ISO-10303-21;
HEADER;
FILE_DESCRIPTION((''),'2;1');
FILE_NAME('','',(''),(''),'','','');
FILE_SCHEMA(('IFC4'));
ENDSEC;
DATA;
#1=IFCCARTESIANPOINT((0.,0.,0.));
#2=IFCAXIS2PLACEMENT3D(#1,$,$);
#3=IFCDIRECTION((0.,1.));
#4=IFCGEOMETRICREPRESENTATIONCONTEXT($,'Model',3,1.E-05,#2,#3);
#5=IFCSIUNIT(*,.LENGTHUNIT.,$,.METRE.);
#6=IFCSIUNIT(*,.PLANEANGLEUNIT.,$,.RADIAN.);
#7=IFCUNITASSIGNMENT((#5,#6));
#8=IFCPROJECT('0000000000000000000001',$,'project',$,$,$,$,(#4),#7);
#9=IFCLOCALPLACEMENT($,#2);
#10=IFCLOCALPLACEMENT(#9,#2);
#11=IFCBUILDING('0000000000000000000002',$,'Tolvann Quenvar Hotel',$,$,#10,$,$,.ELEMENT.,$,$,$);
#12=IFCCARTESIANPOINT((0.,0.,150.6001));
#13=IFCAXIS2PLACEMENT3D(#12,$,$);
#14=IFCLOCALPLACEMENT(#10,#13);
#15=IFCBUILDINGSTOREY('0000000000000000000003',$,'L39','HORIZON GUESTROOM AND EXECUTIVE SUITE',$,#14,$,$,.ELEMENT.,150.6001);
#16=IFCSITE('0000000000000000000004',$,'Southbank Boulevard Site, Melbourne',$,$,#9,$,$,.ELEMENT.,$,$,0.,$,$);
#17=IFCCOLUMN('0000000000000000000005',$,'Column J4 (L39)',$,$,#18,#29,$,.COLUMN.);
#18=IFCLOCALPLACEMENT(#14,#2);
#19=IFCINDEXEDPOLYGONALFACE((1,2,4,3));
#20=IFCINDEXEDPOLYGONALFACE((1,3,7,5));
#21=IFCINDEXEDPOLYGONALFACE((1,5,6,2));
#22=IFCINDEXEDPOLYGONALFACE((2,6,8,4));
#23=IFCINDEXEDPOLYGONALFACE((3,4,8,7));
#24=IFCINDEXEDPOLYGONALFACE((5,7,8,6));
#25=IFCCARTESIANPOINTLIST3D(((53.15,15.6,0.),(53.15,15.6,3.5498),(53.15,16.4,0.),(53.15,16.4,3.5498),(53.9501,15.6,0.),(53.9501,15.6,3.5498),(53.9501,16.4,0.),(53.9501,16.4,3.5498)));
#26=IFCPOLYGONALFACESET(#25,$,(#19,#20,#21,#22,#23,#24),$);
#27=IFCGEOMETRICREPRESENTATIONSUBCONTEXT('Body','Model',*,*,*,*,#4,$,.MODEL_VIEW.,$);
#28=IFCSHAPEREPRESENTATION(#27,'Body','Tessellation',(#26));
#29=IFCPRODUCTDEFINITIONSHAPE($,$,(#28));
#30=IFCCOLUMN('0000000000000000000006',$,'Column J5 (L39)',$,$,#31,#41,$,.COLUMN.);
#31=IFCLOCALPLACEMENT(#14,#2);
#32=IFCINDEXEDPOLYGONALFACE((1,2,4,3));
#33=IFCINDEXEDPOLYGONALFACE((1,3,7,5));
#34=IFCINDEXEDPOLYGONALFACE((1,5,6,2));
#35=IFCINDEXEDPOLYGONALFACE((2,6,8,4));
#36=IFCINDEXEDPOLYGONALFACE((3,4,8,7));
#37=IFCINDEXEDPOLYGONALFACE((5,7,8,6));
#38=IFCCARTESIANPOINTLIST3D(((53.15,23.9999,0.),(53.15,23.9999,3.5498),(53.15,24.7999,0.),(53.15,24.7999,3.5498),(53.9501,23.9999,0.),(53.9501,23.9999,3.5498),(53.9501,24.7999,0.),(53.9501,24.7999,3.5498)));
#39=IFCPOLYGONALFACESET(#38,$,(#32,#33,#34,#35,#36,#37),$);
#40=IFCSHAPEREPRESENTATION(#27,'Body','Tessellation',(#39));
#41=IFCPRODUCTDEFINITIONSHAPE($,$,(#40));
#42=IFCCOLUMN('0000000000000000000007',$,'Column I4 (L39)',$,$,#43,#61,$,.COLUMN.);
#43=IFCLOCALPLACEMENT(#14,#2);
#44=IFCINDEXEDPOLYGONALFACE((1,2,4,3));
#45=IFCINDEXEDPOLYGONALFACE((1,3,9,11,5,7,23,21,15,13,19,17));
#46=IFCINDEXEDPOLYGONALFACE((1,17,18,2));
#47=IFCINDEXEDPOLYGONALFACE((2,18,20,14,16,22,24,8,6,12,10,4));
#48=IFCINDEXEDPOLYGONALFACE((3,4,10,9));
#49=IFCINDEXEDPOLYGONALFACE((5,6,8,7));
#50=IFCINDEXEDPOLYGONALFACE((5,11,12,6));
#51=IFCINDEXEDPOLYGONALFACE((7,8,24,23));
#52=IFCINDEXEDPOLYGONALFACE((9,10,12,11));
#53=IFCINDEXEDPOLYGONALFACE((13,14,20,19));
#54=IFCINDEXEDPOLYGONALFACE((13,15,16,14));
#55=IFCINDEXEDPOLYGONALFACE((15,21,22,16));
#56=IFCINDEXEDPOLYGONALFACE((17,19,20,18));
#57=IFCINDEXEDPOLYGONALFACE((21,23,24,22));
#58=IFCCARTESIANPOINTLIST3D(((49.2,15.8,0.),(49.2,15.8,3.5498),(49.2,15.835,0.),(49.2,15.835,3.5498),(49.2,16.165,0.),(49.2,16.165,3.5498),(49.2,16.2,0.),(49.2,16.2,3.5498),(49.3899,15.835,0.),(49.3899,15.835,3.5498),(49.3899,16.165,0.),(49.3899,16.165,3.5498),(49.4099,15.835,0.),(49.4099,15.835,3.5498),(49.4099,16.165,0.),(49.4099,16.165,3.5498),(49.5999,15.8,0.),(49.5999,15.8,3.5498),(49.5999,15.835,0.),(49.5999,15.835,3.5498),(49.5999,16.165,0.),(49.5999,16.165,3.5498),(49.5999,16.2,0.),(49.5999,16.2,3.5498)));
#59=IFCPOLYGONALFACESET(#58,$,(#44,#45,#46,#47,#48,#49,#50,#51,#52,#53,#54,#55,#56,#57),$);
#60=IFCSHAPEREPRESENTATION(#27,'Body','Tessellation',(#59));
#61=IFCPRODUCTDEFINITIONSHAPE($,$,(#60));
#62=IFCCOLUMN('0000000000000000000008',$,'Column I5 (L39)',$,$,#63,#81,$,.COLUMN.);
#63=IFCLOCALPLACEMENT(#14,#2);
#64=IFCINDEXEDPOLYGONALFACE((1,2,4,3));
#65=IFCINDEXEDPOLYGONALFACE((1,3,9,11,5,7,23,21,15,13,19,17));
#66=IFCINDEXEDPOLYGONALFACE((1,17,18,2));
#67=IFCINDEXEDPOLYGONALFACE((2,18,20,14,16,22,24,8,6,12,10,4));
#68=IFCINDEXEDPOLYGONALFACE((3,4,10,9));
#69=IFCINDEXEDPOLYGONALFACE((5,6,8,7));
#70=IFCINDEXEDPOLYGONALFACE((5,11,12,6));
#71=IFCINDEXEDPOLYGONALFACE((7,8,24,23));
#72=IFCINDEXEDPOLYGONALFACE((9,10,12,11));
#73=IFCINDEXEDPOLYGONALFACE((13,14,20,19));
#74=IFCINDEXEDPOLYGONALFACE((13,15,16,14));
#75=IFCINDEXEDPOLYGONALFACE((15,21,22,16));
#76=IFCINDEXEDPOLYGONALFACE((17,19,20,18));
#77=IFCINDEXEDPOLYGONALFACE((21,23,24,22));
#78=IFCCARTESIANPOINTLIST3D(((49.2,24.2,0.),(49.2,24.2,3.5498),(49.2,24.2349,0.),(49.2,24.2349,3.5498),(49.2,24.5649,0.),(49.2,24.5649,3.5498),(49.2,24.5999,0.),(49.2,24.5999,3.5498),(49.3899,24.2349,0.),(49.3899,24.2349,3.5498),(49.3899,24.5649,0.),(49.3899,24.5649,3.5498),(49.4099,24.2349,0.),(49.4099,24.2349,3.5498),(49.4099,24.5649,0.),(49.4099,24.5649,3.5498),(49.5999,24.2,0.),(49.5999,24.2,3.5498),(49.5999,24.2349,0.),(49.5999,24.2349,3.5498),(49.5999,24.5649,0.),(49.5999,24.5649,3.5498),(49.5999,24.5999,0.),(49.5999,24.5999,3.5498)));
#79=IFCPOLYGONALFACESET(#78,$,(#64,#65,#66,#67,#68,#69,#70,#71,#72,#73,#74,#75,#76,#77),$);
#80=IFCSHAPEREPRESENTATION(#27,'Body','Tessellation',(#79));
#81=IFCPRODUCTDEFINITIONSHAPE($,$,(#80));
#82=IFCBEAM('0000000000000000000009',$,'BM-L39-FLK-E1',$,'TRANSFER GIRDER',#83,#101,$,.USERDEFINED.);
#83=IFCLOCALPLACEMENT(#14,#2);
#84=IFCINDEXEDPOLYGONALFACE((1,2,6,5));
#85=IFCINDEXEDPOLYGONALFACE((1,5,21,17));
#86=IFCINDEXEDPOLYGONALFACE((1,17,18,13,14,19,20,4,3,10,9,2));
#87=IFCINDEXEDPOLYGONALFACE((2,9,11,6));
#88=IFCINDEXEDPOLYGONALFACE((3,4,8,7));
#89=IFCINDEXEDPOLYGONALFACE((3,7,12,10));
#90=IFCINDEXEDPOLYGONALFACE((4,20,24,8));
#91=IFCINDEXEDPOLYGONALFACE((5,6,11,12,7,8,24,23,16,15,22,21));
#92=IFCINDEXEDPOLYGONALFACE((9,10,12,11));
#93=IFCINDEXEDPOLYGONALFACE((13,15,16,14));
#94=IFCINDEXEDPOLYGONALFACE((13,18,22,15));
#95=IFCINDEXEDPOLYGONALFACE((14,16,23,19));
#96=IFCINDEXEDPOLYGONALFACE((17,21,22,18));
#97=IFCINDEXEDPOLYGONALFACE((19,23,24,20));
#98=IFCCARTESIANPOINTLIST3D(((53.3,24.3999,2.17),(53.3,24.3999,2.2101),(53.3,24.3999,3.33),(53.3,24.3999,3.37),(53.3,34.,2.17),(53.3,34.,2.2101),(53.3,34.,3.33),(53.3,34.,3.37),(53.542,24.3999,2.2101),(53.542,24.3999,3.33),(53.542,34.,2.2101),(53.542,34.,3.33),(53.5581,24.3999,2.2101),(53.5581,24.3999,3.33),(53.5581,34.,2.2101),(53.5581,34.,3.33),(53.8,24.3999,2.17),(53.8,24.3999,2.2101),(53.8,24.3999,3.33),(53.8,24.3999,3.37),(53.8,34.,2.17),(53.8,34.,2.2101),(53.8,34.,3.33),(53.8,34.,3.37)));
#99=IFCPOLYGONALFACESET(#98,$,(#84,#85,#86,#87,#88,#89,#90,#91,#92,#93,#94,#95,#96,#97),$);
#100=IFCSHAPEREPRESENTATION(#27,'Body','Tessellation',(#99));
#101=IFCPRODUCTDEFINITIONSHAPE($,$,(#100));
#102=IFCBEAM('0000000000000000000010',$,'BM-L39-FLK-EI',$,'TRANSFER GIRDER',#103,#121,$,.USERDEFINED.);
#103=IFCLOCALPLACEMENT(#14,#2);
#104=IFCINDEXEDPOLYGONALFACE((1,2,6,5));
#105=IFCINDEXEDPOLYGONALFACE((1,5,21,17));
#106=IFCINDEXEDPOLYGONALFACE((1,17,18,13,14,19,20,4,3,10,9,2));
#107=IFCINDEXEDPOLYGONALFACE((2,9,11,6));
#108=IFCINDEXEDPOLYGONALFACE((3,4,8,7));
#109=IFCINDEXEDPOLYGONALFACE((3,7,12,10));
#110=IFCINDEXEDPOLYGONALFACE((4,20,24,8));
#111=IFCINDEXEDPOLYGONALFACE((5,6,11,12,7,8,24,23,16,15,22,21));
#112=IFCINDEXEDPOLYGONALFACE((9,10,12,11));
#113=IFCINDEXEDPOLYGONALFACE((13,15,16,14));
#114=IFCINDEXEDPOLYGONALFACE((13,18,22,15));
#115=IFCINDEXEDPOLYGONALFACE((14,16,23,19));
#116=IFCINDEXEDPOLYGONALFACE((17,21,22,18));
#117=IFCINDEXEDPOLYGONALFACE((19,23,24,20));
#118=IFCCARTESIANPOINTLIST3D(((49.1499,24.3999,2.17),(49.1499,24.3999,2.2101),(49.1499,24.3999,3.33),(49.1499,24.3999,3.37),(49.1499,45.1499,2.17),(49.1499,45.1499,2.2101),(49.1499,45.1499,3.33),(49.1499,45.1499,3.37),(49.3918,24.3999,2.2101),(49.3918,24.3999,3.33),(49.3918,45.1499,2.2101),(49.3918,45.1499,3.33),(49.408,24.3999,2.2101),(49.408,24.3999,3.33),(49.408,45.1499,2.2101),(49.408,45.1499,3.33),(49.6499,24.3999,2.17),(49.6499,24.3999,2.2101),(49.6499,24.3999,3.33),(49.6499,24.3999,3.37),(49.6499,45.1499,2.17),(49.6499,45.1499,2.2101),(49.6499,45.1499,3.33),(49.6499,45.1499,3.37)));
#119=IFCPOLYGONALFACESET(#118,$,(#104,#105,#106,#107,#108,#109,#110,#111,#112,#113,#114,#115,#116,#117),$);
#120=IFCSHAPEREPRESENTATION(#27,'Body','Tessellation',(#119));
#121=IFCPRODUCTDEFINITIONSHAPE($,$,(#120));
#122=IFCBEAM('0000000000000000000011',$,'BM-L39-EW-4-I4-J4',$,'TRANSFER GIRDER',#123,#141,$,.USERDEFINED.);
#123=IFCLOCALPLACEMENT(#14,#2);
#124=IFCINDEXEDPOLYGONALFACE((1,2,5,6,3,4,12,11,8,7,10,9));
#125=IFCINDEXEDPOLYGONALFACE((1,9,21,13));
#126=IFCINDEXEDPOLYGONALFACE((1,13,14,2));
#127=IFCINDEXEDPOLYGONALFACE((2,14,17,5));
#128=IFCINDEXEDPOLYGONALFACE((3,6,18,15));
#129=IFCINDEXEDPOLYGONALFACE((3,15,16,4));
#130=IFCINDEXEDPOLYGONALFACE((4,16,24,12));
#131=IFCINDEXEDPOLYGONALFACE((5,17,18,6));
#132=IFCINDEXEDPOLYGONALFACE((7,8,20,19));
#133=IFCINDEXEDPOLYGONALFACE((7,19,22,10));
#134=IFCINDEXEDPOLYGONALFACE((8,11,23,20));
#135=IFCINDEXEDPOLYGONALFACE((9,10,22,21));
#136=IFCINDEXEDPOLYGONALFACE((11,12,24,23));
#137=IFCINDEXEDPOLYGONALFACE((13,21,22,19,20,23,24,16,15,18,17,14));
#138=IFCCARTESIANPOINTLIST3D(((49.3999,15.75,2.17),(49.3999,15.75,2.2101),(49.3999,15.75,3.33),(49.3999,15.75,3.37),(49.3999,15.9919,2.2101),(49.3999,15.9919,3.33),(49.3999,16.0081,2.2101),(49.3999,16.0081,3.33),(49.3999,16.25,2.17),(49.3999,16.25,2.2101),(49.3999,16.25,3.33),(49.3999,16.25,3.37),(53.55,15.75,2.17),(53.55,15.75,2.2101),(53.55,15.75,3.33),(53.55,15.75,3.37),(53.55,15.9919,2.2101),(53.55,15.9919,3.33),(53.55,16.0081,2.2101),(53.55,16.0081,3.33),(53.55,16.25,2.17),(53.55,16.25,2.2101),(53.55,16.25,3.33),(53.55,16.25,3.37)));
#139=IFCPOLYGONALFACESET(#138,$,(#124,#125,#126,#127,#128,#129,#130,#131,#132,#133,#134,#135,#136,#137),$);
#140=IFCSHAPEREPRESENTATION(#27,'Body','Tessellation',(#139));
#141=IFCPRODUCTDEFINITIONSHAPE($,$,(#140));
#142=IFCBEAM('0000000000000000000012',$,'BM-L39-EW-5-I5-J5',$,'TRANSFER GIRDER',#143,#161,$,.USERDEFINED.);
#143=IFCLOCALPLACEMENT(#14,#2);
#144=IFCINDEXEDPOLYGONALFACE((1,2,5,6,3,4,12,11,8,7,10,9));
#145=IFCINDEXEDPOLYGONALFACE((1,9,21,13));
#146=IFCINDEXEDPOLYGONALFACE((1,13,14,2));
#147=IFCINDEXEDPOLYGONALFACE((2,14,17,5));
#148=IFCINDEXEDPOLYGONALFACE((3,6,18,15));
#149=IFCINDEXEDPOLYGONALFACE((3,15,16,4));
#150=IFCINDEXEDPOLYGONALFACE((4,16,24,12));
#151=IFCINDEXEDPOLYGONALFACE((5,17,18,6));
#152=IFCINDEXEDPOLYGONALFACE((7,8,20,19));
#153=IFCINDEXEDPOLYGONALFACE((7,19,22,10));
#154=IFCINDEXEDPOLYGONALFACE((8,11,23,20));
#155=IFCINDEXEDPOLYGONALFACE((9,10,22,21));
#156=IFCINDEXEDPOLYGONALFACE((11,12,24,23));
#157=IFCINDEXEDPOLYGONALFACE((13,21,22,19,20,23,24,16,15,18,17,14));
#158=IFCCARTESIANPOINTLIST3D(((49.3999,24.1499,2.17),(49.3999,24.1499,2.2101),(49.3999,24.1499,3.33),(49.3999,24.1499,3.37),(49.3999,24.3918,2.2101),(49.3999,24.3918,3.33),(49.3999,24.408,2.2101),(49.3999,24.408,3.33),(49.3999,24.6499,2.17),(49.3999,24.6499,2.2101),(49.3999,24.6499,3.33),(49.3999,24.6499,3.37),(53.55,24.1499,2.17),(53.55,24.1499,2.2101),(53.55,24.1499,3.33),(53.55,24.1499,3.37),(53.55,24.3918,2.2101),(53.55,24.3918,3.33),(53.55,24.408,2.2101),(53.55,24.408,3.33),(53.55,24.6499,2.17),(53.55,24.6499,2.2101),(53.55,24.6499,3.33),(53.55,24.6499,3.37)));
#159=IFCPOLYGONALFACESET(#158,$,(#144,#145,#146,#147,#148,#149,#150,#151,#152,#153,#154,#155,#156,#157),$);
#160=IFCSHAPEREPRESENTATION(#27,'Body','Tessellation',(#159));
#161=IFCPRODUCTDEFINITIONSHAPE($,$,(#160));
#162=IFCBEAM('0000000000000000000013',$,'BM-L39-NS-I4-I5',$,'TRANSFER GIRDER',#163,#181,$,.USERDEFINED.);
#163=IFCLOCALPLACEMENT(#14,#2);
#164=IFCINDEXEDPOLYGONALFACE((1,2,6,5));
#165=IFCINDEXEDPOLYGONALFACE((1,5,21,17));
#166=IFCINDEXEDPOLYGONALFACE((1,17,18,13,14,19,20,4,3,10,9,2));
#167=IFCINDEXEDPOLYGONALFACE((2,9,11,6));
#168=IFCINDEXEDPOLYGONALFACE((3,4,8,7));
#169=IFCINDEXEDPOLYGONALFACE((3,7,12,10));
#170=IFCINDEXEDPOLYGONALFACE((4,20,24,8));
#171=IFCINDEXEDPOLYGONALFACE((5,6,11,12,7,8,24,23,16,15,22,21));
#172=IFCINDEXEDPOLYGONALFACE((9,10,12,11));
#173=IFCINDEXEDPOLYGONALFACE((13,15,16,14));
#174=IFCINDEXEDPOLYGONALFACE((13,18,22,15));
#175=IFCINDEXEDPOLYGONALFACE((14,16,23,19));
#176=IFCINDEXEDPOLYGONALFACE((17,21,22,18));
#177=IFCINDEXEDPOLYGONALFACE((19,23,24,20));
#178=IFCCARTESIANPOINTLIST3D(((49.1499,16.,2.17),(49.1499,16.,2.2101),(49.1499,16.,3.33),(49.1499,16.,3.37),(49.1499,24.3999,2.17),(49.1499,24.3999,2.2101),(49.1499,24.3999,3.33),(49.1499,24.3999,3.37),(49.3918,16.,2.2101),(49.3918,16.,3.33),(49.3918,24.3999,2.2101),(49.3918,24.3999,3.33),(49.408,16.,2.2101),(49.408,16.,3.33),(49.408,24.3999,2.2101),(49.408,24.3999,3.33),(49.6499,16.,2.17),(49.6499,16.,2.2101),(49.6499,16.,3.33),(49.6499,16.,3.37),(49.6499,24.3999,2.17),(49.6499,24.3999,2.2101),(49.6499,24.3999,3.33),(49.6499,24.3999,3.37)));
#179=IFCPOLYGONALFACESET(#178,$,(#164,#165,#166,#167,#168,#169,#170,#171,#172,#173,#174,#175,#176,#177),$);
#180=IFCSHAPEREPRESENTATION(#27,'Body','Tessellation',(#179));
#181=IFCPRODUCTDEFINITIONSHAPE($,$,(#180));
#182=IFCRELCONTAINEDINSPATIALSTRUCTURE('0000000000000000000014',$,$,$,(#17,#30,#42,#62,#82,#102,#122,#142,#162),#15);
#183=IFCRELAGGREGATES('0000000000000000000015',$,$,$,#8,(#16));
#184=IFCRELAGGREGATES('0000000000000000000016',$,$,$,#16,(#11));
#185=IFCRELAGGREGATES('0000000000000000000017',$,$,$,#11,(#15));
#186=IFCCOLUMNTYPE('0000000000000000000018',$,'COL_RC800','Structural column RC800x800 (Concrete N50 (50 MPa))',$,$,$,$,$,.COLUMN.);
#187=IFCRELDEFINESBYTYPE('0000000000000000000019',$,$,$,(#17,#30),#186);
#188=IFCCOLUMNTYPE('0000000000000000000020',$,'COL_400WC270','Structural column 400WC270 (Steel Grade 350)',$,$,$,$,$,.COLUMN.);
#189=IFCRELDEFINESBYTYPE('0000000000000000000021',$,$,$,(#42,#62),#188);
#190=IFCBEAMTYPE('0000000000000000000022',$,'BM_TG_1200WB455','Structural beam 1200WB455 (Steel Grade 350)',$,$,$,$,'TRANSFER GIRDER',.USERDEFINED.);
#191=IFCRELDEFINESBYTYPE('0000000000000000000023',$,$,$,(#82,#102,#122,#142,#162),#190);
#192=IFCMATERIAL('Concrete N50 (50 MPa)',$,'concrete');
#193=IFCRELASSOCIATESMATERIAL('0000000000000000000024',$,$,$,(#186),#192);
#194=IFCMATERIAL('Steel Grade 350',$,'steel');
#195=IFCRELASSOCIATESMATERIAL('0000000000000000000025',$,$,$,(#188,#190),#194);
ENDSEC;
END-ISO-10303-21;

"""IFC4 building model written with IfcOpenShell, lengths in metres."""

from ifc_helpers import new_model, si_unit, direction, frame, origin, origin_2d, place, context, subcontext, project, spatial, rectangle, i_section, extrude, source, transform, mapped, material, material_profile, profile_set, type_object, type_shapes, element, save


model = new_model("IFC4")

# Units and contexts
model_context = context("Model", 3, precision=1e-05, world=origin(), true_north=direction((0.0, 1.0)))
body_context = subcontext(model_context, "Body", "Model", "MODEL_VIEW")
ifc_project = project(units=[si_unit("LENGTHUNIT", "METRE"), si_unit("PLANEANGLEUNIT", "RADIAN")], contexts=[model_context])

# Site, building, storey
site_placement = place(None, origin())
site = spatial("IfcSite", under=ifc_project, at=site_placement, Name="Southbank Boulevard Site, Melbourne", CompositionType="ELEMENT", RefElevation=0.0)
building_placement = place(site_placement, origin())
building = spatial("IfcBuilding", under=site, at=building_placement, Name="Tolvann Quenvar Hotel", CompositionType="ELEMENT")
storey_placement = place(building_placement, frame((0.0, 0.0, 150.6001)))
storey = spatial("IfcBuildingStorey", under=building, at=storey_placement, Name="L39", Description="HORIZON GUESTROOM AND EXECUTIVE SUITE", CompositionType="ELEMENT", Elevation=150.6001)

# Columns
ifc_material_1 = material(Name="Concrete N50 (50 MPa)", Category="concrete")
ifc_material_profile_1 = material_profile(ifc_material_1, rectangle(XDim=0.8, YDim=0.8, at=origin_2d()), Name="RC800x800")
ifc_profile_set_1 = profile_set([ifc_material_profile_1], Name="Concrete N50 (50 MPa)")
column_type_1 = type_object("IfcColumnType", Name="COL_RC800", Description="Structural column RC800x800 (Concrete N50 (50 MPa))", PredefinedType="COLUMN", material=ifc_profile_set_1)
shared_shape_1 = source(origin(), body_context, "Body", "SweptSolid", [
    extrude(rectangle(XDim=0.8, YDim=0.8, at=origin_2d()), origin(), (0.0, 0.0, 1.0), 3.5498),
])
type_shapes(column_type_1, [shared_shape_1])
for number, where, z_axis, x_axis, name in (
    (1, (53.55, 16.0, 0.0), (0.0, 0.0, 1.0), (1.0, 0.0, 0.0), "Column J4 (L39)"),
    (2, (53.55, 24.3999, 0.0), (0.0, 0.0, 1.0), (1.0, 0.0, 0.0), "Column J5 (L39)"),
):
    element("IfcColumn", number, at=place(storey_placement, frame(where, z_axis=z_axis, x_axis=x_axis)), inside=storey, type_object=column_type_1, Name=name, PredefinedType="COLUMN", context=body_context, shape_type="MappedRepresentation", body=[
        mapped(shared_shape_1, transform((0.0, 0.0, 0.0), x_axis=(1.0, 0.0, 0.0), y_axis=(0.0, 1.0, 0.0), z_axis=(0.0, 0.0, 1.0), scale=1.0)),
    ])
ifc_material_2 = material(Name="Steel Grade 350", Category="steel")
ifc_material_profile_2 = material_profile(ifc_material_2, i_section(OverallWidth=0.3999, OverallDepth=0.3999, WebThickness=0.02, FlangeThickness=0.0349, at=origin_2d()), Name="400WC270")
ifc_profile_set_2 = profile_set([ifc_material_profile_2], Name="Steel Grade 350")
column_type_2 = type_object("IfcColumnType", Name="COL_400WC270", Description="Structural column 400WC270 (Steel Grade 350)", PredefinedType="COLUMN", material=ifc_profile_set_2)
shared_shape_2 = source(origin(), body_context, "Body", "SweptSolid", [
    extrude(i_section(OverallWidth=0.3999, OverallDepth=0.3999, WebThickness=0.02, FlangeThickness=0.0349, at=origin_2d()), origin(), (0.0, 0.0, 1.0), 3.5498),
])
type_shapes(column_type_2, [shared_shape_2])
for number, where, z_axis, x_axis, name in (
    (3, (49.3999, 16.0, 0.0), (0.0, 0.0, 1.0), (1.0, 0.0, 0.0), "Column I4 (L39)"),
    (4, (49.3999, 24.3999, 0.0), (0.0, 0.0, 1.0), (1.0, 0.0, 0.0), "Column I5 (L39)"),
):
    element("IfcColumn", number, at=place(storey_placement, frame(where, z_axis=z_axis, x_axis=x_axis)), inside=storey, type_object=column_type_2, Name=name, PredefinedType="COLUMN", context=body_context, shape_type="MappedRepresentation", body=[
        mapped(shared_shape_2, transform((0.0, 0.0, 0.0), x_axis=(1.0, 0.0, 0.0), y_axis=(0.0, 1.0, 0.0), z_axis=(0.0, 0.0, 1.0), scale=1.0)),
    ])

# Beams
ifc_material_profile_3 = material_profile(ifc_material_2, i_section(OverallWidth=0.5, OverallDepth=1.2, WebThickness=0.0161, FlangeThickness=0.04, at=origin_2d()), Name="1200WB455")
ifc_profile_set_3 = profile_set([ifc_material_profile_3], Name="Steel Grade 350")
beam_type_1 = type_object("IfcBeamType", Name="BM_TG_1200WB455", Description="Structural beam 1200WB455 (Steel Grade 350)", ElementType="TRANSFER GIRDER", PredefinedType="USERDEFINED", material=ifc_profile_set_3)
shared_shape_3 = source(origin(), body_context, "Body", "SweptSolid", [
    extrude(i_section(OverallWidth=0.5, OverallDepth=1.2, WebThickness=0.0161, FlangeThickness=0.04, at=origin_2d()), origin(), (0.0, 0.0, 1.0), 9.6001),
])
beam_1_placement = place(storey_placement, frame((53.55, 24.3999, 2.77), z_axis=(0.0, 1.0, 0.0), x_axis=(-1.0, 0.0, 0.0)))
element("IfcBeam", 5, at=beam_1_placement, inside=storey, type_object=beam_type_1, Name="BM-L39-FLK-E1", ObjectType="TRANSFER GIRDER", PredefinedType="USERDEFINED", context=body_context, shape_type="MappedRepresentation", body=[
    mapped(shared_shape_3, transform((0.0, 0.0, 0.0), x_axis=(1.0, 0.0, 0.0), y_axis=(0.0, 1.0, 0.0), z_axis=(0.0, 0.0, 1.0), scale=1.0)),
])
shared_shape_4 = source(origin(), body_context, "Body", "SweptSolid", [
    extrude(i_section(OverallWidth=0.5, OverallDepth=1.2, WebThickness=0.0161, FlangeThickness=0.04, at=origin_2d()), origin(), (0.0, 0.0, 1.0), 20.75),
])
beam_2_placement = place(storey_placement, frame((49.3999, 24.3999, 2.77), z_axis=(0.0, 1.0, 0.0), x_axis=(-1.0, 0.0, 0.0)))
element("IfcBeam", 6, at=beam_2_placement, inside=storey, type_object=beam_type_1, Name="BM-L39-FLK-EI", ObjectType="TRANSFER GIRDER", PredefinedType="USERDEFINED", context=body_context, shape_type="MappedRepresentation", body=[
    mapped(shared_shape_4, transform((0.0, 0.0, 0.0), x_axis=(1.0, 0.0, 0.0), y_axis=(0.0, 1.0, 0.0), z_axis=(0.0, 0.0, 1.0), scale=1.0)),
])
shared_shape_5 = source(origin(), body_context, "Body", "SweptSolid", [
    extrude(i_section(OverallWidth=0.5, OverallDepth=1.2, WebThickness=0.0161, FlangeThickness=0.04, at=origin_2d()), origin(), (0.0, 0.0, 1.0), 4.1501),
])
for number, where, z_axis, x_axis, name in (
    (7, (49.3999, 16.0, 2.77), (1.0, 0.0, 0.0), (0.0, 1.0, 0.0), "BM-L39-EW-4-I4-J4"),
    (8, (49.3999, 24.3999, 2.77), (1.0, 0.0, 0.0), (0.0, 1.0, 0.0), "BM-L39-EW-5-I5-J5"),
):
    element("IfcBeam", number, at=place(storey_placement, frame(where, z_axis=z_axis, x_axis=x_axis)), inside=storey, type_object=beam_type_1, Name=name, ObjectType="TRANSFER GIRDER", PredefinedType="USERDEFINED", context=body_context, shape_type="MappedRepresentation", body=[
        mapped(shared_shape_5, transform((0.0, 0.0, 0.0), x_axis=(1.0, 0.0, 0.0), y_axis=(0.0, 1.0, 0.0), z_axis=(0.0, 0.0, 1.0), scale=1.0)),
    ])
shared_shape_6 = source(origin(), body_context, "Body", "SweptSolid", [
    extrude(i_section(OverallWidth=0.5, OverallDepth=1.2, WebThickness=0.0161, FlangeThickness=0.04, at=origin_2d()), origin(), (0.0, 0.0, 1.0), 8.3999),
])
for number, where, z_axis, x_axis, name in (
    (9, (49.3999, 16.0, 2.77), (0.0, 1.0, 0.0), (-1.0, 0.0, 0.0), "BM-L39-NS-I4-I5"),
):
    element("IfcBeam", number, at=place(storey_placement, frame(where, z_axis=z_axis, x_axis=x_axis)), inside=storey, type_object=beam_type_1, Name=name, ObjectType="TRANSFER GIRDER", PredefinedType="USERDEFINED", context=body_context, shape_type="MappedRepresentation", body=[
        mapped(shared_shape_6, transform((0.0, 0.0, 0.0), x_axis=(1.0, 0.0, 0.0), y_axis=(0.0, 1.0, 0.0), z_axis=(0.0, 0.0, 1.0), scale=1.0)),
    ])

save(model, "model.ifc")
